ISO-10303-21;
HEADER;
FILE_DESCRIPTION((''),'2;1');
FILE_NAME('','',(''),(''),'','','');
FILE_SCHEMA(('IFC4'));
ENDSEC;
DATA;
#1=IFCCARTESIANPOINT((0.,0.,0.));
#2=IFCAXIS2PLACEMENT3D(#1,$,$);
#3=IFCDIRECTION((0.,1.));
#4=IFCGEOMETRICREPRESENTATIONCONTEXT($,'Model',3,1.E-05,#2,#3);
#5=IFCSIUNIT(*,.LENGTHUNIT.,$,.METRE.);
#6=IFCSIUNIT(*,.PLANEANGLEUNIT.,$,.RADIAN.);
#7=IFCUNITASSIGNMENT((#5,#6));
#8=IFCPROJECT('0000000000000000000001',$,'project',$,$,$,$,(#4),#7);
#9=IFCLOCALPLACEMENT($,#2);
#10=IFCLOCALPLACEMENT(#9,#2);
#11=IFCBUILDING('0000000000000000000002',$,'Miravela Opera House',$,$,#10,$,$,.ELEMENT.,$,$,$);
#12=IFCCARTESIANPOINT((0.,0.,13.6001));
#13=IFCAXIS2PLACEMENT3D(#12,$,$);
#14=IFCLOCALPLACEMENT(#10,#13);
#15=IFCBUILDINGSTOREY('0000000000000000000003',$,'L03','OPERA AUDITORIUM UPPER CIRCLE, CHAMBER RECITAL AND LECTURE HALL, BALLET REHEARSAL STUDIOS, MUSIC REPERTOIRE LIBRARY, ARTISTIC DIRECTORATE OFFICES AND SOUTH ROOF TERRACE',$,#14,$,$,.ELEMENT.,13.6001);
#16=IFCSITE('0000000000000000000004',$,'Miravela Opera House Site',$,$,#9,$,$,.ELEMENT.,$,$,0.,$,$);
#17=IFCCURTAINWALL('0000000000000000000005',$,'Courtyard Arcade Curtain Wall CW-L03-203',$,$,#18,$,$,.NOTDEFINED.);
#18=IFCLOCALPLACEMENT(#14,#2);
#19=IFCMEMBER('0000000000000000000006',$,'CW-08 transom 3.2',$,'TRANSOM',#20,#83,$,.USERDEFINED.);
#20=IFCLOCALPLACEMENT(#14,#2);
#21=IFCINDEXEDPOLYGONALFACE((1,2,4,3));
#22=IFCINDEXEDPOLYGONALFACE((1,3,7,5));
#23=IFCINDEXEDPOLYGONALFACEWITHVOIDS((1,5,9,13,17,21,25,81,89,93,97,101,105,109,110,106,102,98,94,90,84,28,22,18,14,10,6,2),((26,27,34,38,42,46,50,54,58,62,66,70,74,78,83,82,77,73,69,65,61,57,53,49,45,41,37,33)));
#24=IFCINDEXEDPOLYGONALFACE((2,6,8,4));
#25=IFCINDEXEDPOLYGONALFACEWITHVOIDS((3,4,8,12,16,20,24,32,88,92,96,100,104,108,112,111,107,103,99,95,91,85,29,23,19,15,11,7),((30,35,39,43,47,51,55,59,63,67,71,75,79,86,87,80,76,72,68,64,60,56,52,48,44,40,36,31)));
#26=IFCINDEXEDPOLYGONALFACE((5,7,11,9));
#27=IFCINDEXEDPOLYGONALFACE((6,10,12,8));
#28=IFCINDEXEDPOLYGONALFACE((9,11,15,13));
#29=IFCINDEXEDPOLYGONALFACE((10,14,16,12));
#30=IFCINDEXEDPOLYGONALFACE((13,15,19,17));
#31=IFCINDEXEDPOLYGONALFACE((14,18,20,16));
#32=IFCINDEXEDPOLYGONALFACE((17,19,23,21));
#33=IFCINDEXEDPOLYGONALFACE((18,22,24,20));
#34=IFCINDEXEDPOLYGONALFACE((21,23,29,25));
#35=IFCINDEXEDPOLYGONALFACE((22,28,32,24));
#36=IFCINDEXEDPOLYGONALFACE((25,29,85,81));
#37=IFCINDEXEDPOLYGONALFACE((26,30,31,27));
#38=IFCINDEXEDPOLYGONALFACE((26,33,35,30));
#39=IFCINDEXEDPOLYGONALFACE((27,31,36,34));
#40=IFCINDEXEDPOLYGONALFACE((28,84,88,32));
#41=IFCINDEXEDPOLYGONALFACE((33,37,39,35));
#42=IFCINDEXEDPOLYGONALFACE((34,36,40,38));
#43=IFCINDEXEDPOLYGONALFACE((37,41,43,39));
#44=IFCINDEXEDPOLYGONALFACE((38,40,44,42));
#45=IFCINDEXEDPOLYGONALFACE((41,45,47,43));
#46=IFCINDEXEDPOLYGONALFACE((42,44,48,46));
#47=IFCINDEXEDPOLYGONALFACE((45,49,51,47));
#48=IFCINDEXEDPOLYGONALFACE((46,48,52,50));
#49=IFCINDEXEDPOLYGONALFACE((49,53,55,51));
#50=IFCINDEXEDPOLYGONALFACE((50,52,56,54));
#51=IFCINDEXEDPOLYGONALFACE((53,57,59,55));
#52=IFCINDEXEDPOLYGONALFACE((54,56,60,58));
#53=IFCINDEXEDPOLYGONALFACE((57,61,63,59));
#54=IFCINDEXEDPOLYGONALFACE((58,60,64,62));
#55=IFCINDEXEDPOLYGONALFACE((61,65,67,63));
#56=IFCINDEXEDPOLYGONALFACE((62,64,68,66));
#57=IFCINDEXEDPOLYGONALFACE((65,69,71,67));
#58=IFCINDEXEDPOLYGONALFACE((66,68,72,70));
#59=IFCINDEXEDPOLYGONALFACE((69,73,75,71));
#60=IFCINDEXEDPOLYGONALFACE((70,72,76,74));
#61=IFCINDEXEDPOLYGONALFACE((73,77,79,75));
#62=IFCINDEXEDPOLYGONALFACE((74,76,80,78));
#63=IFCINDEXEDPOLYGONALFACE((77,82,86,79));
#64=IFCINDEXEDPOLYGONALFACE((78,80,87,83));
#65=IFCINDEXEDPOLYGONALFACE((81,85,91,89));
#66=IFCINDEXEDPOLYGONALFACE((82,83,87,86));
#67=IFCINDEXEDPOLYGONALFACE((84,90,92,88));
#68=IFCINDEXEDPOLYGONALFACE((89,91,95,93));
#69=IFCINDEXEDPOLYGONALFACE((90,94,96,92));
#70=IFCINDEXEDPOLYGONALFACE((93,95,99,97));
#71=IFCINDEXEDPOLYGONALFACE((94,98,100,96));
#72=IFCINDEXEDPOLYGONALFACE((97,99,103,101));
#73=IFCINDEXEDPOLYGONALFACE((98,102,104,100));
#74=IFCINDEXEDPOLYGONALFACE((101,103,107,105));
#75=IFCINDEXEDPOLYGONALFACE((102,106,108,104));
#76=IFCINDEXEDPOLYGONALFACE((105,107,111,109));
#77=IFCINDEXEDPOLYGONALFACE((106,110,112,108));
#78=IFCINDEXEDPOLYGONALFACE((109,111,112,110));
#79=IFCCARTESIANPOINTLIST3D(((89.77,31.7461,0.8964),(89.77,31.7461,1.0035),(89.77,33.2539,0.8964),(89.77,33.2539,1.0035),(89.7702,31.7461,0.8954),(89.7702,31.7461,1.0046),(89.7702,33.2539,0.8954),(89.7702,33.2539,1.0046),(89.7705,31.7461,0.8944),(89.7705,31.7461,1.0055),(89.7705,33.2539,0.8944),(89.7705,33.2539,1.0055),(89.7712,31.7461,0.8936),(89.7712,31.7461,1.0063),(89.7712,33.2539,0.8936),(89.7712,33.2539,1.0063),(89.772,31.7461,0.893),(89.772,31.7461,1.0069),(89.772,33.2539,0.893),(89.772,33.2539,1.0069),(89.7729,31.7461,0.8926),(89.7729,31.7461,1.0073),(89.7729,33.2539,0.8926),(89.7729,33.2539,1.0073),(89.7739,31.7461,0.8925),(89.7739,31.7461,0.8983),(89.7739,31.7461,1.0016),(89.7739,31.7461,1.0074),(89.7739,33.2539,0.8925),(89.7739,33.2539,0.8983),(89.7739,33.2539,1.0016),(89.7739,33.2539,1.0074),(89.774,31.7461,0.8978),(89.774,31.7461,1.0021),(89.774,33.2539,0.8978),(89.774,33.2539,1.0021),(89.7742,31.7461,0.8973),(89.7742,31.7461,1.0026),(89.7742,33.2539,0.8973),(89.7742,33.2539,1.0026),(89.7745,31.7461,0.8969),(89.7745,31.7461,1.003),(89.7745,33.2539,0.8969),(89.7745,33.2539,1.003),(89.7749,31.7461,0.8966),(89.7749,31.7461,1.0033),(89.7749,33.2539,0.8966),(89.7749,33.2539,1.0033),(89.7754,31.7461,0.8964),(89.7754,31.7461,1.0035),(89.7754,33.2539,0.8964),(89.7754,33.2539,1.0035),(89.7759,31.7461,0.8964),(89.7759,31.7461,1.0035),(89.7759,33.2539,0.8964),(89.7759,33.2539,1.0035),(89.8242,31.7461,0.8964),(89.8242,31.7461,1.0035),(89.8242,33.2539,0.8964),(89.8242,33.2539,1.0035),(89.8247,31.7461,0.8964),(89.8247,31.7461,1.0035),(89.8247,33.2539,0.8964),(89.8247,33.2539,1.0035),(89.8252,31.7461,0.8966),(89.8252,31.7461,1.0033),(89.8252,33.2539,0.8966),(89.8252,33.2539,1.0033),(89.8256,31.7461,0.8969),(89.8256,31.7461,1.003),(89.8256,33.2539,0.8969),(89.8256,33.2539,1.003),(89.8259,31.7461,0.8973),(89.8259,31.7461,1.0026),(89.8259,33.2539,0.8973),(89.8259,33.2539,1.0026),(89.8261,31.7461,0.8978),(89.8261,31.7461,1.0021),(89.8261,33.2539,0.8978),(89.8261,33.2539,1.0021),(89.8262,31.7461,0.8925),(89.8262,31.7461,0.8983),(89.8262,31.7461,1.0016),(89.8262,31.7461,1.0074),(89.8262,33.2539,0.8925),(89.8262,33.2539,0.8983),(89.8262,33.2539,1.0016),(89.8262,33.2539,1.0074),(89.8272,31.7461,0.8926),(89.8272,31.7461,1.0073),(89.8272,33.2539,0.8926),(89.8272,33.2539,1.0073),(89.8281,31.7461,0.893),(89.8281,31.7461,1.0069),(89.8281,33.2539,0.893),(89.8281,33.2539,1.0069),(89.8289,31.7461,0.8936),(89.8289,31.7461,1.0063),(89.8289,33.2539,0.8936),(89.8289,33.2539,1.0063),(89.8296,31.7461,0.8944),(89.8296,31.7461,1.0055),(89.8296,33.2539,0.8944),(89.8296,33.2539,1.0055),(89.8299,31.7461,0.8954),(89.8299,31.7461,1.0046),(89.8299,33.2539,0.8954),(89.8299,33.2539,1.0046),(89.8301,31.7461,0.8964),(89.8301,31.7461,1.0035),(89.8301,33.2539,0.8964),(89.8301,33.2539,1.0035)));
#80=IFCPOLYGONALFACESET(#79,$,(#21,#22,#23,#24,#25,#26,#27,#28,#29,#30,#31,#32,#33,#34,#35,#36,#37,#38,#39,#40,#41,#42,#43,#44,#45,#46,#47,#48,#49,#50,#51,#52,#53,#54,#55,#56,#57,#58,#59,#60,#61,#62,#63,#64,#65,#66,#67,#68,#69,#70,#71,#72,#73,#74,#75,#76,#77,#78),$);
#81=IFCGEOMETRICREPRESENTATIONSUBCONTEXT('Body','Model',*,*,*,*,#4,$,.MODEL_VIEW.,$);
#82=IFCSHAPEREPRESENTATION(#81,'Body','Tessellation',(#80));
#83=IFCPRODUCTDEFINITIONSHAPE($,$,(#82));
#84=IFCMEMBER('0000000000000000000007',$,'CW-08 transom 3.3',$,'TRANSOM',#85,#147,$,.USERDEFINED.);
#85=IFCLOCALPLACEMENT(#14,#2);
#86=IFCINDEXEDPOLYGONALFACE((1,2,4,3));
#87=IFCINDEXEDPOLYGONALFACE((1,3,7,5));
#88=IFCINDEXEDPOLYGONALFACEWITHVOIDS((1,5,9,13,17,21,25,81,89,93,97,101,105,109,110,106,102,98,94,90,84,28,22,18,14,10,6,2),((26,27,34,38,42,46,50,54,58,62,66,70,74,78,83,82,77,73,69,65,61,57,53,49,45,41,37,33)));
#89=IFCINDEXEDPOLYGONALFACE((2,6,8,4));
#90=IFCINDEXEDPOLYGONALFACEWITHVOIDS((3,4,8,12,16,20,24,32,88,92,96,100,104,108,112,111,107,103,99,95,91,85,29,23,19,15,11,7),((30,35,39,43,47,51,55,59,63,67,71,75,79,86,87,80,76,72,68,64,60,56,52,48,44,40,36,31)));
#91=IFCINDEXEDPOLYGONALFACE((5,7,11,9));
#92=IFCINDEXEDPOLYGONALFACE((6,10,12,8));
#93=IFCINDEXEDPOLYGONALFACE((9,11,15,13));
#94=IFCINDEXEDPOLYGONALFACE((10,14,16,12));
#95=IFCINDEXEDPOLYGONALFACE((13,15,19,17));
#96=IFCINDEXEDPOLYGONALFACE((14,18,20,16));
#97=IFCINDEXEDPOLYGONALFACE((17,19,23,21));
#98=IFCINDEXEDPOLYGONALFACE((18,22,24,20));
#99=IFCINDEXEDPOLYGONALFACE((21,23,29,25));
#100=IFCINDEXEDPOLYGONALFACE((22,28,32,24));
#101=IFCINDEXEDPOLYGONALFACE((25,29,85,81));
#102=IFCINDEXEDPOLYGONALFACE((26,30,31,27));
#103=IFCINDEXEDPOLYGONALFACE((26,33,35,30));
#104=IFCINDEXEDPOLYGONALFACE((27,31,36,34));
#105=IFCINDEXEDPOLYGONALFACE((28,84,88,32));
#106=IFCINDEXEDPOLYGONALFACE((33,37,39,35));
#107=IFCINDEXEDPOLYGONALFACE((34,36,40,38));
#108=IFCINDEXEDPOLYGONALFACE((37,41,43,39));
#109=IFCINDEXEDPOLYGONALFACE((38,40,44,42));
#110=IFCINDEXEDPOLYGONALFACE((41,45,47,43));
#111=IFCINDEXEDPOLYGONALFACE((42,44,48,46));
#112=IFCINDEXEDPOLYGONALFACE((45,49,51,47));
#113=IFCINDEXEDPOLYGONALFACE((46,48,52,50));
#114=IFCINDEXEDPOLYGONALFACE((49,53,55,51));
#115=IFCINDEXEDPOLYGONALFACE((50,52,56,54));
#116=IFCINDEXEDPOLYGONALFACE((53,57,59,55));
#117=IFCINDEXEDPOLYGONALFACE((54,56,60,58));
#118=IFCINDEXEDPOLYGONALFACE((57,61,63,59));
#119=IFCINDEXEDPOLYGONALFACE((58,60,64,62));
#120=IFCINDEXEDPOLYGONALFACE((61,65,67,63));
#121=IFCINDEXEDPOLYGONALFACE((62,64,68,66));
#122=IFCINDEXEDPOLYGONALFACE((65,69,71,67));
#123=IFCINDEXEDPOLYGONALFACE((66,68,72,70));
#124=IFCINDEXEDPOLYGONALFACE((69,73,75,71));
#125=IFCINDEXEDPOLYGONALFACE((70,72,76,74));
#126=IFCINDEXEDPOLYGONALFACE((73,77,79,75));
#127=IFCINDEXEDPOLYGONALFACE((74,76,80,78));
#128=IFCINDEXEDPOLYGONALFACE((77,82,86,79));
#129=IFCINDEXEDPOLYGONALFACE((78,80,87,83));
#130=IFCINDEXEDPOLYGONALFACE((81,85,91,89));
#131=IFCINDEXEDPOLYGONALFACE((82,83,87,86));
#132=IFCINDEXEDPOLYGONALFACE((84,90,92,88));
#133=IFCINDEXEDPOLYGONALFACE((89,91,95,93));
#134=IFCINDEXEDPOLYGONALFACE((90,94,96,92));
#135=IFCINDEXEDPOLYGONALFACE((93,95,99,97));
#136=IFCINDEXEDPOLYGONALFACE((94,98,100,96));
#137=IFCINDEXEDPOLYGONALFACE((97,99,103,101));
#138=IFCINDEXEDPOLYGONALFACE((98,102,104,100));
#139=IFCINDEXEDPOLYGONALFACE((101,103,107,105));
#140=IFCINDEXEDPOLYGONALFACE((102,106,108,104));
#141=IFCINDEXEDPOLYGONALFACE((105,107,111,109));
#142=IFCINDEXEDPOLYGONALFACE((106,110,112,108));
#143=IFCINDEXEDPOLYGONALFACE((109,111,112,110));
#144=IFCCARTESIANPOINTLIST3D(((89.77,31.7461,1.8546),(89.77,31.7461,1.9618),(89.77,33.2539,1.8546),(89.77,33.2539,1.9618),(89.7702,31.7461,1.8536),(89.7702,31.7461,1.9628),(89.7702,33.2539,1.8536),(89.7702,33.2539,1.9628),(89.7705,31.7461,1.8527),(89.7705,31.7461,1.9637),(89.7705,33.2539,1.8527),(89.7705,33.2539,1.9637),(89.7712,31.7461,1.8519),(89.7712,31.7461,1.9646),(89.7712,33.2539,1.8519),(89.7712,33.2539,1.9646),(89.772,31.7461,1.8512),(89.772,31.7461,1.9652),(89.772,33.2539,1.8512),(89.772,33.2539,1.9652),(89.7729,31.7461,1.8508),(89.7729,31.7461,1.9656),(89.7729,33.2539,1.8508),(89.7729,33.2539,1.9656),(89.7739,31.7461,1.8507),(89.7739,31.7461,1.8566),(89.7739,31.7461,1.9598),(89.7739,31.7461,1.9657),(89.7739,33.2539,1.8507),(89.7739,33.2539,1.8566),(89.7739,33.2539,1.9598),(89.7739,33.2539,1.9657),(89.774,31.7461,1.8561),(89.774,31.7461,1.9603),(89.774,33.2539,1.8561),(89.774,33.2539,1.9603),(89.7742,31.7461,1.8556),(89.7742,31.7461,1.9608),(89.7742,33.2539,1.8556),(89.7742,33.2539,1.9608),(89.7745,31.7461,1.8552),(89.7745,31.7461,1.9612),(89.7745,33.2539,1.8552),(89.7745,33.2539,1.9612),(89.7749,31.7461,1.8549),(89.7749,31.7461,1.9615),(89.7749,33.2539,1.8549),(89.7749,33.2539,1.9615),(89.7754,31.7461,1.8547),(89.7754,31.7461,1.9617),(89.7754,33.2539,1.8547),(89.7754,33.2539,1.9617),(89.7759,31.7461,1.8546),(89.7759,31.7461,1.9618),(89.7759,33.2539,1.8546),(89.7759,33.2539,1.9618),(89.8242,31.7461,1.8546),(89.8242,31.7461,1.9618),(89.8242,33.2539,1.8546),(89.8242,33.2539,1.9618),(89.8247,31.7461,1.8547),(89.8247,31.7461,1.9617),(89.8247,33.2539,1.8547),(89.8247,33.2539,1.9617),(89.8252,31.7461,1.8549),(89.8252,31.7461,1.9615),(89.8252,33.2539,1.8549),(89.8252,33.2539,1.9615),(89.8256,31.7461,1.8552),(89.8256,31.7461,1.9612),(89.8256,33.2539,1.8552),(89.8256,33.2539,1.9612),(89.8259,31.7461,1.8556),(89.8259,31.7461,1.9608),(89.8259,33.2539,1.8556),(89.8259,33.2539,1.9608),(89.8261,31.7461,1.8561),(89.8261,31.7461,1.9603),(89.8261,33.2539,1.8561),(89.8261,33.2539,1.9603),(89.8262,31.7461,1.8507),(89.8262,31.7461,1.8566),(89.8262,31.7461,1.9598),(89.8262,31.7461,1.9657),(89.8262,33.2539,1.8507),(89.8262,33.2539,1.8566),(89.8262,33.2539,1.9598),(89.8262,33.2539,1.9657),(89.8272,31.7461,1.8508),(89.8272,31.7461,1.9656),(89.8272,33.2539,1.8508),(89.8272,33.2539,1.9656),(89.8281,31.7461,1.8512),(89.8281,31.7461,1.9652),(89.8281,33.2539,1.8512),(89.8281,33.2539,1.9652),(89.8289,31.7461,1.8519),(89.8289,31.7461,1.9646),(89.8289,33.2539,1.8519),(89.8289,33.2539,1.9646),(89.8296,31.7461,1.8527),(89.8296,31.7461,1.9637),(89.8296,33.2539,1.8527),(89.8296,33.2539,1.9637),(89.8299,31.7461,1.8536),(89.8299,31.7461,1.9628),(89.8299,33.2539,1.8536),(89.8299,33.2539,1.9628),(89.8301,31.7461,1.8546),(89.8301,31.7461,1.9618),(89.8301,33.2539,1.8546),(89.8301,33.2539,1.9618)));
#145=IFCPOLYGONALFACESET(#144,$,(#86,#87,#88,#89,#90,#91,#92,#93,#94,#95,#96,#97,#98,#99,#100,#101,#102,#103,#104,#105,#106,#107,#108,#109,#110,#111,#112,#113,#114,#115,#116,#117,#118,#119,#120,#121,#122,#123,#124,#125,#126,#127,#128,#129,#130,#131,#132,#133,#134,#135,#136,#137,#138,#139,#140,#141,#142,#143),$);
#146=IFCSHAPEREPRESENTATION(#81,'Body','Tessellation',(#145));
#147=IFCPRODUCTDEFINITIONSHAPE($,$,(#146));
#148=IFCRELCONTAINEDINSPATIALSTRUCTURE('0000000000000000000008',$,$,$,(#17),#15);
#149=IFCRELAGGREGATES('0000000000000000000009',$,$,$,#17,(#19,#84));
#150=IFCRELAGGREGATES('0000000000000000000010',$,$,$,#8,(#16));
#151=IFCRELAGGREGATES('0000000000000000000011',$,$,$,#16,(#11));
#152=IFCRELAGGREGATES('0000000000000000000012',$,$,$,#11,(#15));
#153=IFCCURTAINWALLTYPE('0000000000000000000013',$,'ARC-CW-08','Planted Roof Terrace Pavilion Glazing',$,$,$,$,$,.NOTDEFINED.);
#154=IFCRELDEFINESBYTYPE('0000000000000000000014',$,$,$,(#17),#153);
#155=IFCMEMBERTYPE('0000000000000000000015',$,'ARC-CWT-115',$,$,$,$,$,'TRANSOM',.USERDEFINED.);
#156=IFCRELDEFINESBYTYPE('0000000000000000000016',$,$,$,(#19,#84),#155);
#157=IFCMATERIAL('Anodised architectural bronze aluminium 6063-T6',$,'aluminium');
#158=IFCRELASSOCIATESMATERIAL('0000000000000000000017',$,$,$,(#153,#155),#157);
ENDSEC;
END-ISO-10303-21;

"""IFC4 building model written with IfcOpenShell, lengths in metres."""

from ifc_helpers import new_model, si_unit, direction, frame, origin, origin_2d, place, context, subcontext, project, spatial, hollow_rectangle, extrude, material, material_profile, profile_set, type_object, element, aggregate, save


model = new_model("IFC4")

# Units and contexts
model_context = context("Model", 3, precision=1e-05, world=origin(), true_north=direction((0.0, 1.0)))
body_context = subcontext(model_context, "Body", "Model", "MODEL_VIEW")
ifc_project = project(units=[si_unit("LENGTHUNIT", "METRE"), si_unit("PLANEANGLEUNIT", "RADIAN")], contexts=[model_context])

# Site, building, storey
site_placement = place(None, origin())
site = spatial("IfcSite", under=ifc_project, at=site_placement, Name="Miravela Opera House Site", CompositionType="ELEMENT", RefElevation=0.0)
building_placement = place(site_placement, origin())
building = spatial("IfcBuilding", under=site, at=building_placement, Name="Miravela Opera House", CompositionType="ELEMENT")
storey_placement = place(building_placement, frame((0.0, 0.0, 13.6001)))
storey = spatial("IfcBuildingStorey", under=building, at=storey_placement, Name="L03", Description="OPERA AUDITORIUM UPPER CIRCLE, CHAMBER RECITAL AND LECTURE HALL, BALLET REHEARSAL STUDIOS, MUSIC REPERTOIRE LIBRARY, ARTISTIC DIRECTORATE OFFICES AND SOUTH ROOF TERRACE", CompositionType="ELEMENT", Elevation=13.6001)

# Curtain wall, members
ifc_material_1 = material(Name="Anodised architectural bronze aluminium 6063-T6", Category="aluminium")
curtain_wall_type = type_object("IfcCurtainWallType", Name="ARC-CW-08", Description="Planted Roof Terrace Pavilion Glazing", PredefinedType="NOTDEFINED", material=ifc_material_1)
curtain_wall_placement = place(storey_placement, origin())
curtain_wall = element("IfcCurtainWall", 1, at=curtain_wall_placement, inside=storey, type_object=curtain_wall_type, Name="Courtyard Arcade Curtain Wall CW-L03-203", PredefinedType="NOTDEFINED")
ifc_material_profile_1 = material_profile(ifc_material_1, hollow_rectangle(XDim=0.0601, YDim=0.115, WallThickness=0.0039, InnerFilletRadius=0.002, OuterFilletRadius=0.0039, at=origin_2d()), Name="CWT-60X115")
ifc_profile_set_1 = profile_set([ifc_material_profile_1])
member_type_1 = type_object("IfcMemberType", Name="ARC-CWT-115", ElementType="TRANSOM", PredefinedType="USERDEFINED", material=ifc_profile_set_1)
member_1_placement = place(storey_placement, frame((89.8, 31.7461, 0.95), z_axis=(0.0, 1.0, 0.0), x_axis=(-1.0, 0.0, 0.0)))
member_1 = element("IfcMember", 2, at=member_1_placement, type_object=member_type_1, Name="CW-08 transom 3.2", ObjectType="TRANSOM", PredefinedType="USERDEFINED", context=body_context, shape_type="SweptSolid", body=[
    extrude(hollow_rectangle(XDim=0.0601, YDim=0.115, WallThickness=0.0039, InnerFilletRadius=0.002, OuterFilletRadius=0.0039, at=origin_2d()), origin(), (0.0, 0.0, 1.0), 1.5078),
])
member_2_placement = place(storey_placement, frame((89.8, 31.7461, 1.9082), z_axis=(0.0, 1.0, 0.0), x_axis=(-1.0, 0.0, 0.0)))
member_2 = element("IfcMember", 3, at=member_2_placement, type_object=member_type_1, Name="CW-08 transom 3.3", ObjectType="TRANSOM", PredefinedType="USERDEFINED", context=body_context, shape_type="SweptSolid", body=[
    extrude(hollow_rectangle(XDim=0.0601, YDim=0.115, WallThickness=0.0039, InnerFilletRadius=0.002, OuterFilletRadius=0.0039, at=origin_2d()), origin(), (0.0, 0.0, 1.0), 1.5078),
])
aggregate(curtain_wall, [member_1, member_2])

save(model, "model.ifc")
